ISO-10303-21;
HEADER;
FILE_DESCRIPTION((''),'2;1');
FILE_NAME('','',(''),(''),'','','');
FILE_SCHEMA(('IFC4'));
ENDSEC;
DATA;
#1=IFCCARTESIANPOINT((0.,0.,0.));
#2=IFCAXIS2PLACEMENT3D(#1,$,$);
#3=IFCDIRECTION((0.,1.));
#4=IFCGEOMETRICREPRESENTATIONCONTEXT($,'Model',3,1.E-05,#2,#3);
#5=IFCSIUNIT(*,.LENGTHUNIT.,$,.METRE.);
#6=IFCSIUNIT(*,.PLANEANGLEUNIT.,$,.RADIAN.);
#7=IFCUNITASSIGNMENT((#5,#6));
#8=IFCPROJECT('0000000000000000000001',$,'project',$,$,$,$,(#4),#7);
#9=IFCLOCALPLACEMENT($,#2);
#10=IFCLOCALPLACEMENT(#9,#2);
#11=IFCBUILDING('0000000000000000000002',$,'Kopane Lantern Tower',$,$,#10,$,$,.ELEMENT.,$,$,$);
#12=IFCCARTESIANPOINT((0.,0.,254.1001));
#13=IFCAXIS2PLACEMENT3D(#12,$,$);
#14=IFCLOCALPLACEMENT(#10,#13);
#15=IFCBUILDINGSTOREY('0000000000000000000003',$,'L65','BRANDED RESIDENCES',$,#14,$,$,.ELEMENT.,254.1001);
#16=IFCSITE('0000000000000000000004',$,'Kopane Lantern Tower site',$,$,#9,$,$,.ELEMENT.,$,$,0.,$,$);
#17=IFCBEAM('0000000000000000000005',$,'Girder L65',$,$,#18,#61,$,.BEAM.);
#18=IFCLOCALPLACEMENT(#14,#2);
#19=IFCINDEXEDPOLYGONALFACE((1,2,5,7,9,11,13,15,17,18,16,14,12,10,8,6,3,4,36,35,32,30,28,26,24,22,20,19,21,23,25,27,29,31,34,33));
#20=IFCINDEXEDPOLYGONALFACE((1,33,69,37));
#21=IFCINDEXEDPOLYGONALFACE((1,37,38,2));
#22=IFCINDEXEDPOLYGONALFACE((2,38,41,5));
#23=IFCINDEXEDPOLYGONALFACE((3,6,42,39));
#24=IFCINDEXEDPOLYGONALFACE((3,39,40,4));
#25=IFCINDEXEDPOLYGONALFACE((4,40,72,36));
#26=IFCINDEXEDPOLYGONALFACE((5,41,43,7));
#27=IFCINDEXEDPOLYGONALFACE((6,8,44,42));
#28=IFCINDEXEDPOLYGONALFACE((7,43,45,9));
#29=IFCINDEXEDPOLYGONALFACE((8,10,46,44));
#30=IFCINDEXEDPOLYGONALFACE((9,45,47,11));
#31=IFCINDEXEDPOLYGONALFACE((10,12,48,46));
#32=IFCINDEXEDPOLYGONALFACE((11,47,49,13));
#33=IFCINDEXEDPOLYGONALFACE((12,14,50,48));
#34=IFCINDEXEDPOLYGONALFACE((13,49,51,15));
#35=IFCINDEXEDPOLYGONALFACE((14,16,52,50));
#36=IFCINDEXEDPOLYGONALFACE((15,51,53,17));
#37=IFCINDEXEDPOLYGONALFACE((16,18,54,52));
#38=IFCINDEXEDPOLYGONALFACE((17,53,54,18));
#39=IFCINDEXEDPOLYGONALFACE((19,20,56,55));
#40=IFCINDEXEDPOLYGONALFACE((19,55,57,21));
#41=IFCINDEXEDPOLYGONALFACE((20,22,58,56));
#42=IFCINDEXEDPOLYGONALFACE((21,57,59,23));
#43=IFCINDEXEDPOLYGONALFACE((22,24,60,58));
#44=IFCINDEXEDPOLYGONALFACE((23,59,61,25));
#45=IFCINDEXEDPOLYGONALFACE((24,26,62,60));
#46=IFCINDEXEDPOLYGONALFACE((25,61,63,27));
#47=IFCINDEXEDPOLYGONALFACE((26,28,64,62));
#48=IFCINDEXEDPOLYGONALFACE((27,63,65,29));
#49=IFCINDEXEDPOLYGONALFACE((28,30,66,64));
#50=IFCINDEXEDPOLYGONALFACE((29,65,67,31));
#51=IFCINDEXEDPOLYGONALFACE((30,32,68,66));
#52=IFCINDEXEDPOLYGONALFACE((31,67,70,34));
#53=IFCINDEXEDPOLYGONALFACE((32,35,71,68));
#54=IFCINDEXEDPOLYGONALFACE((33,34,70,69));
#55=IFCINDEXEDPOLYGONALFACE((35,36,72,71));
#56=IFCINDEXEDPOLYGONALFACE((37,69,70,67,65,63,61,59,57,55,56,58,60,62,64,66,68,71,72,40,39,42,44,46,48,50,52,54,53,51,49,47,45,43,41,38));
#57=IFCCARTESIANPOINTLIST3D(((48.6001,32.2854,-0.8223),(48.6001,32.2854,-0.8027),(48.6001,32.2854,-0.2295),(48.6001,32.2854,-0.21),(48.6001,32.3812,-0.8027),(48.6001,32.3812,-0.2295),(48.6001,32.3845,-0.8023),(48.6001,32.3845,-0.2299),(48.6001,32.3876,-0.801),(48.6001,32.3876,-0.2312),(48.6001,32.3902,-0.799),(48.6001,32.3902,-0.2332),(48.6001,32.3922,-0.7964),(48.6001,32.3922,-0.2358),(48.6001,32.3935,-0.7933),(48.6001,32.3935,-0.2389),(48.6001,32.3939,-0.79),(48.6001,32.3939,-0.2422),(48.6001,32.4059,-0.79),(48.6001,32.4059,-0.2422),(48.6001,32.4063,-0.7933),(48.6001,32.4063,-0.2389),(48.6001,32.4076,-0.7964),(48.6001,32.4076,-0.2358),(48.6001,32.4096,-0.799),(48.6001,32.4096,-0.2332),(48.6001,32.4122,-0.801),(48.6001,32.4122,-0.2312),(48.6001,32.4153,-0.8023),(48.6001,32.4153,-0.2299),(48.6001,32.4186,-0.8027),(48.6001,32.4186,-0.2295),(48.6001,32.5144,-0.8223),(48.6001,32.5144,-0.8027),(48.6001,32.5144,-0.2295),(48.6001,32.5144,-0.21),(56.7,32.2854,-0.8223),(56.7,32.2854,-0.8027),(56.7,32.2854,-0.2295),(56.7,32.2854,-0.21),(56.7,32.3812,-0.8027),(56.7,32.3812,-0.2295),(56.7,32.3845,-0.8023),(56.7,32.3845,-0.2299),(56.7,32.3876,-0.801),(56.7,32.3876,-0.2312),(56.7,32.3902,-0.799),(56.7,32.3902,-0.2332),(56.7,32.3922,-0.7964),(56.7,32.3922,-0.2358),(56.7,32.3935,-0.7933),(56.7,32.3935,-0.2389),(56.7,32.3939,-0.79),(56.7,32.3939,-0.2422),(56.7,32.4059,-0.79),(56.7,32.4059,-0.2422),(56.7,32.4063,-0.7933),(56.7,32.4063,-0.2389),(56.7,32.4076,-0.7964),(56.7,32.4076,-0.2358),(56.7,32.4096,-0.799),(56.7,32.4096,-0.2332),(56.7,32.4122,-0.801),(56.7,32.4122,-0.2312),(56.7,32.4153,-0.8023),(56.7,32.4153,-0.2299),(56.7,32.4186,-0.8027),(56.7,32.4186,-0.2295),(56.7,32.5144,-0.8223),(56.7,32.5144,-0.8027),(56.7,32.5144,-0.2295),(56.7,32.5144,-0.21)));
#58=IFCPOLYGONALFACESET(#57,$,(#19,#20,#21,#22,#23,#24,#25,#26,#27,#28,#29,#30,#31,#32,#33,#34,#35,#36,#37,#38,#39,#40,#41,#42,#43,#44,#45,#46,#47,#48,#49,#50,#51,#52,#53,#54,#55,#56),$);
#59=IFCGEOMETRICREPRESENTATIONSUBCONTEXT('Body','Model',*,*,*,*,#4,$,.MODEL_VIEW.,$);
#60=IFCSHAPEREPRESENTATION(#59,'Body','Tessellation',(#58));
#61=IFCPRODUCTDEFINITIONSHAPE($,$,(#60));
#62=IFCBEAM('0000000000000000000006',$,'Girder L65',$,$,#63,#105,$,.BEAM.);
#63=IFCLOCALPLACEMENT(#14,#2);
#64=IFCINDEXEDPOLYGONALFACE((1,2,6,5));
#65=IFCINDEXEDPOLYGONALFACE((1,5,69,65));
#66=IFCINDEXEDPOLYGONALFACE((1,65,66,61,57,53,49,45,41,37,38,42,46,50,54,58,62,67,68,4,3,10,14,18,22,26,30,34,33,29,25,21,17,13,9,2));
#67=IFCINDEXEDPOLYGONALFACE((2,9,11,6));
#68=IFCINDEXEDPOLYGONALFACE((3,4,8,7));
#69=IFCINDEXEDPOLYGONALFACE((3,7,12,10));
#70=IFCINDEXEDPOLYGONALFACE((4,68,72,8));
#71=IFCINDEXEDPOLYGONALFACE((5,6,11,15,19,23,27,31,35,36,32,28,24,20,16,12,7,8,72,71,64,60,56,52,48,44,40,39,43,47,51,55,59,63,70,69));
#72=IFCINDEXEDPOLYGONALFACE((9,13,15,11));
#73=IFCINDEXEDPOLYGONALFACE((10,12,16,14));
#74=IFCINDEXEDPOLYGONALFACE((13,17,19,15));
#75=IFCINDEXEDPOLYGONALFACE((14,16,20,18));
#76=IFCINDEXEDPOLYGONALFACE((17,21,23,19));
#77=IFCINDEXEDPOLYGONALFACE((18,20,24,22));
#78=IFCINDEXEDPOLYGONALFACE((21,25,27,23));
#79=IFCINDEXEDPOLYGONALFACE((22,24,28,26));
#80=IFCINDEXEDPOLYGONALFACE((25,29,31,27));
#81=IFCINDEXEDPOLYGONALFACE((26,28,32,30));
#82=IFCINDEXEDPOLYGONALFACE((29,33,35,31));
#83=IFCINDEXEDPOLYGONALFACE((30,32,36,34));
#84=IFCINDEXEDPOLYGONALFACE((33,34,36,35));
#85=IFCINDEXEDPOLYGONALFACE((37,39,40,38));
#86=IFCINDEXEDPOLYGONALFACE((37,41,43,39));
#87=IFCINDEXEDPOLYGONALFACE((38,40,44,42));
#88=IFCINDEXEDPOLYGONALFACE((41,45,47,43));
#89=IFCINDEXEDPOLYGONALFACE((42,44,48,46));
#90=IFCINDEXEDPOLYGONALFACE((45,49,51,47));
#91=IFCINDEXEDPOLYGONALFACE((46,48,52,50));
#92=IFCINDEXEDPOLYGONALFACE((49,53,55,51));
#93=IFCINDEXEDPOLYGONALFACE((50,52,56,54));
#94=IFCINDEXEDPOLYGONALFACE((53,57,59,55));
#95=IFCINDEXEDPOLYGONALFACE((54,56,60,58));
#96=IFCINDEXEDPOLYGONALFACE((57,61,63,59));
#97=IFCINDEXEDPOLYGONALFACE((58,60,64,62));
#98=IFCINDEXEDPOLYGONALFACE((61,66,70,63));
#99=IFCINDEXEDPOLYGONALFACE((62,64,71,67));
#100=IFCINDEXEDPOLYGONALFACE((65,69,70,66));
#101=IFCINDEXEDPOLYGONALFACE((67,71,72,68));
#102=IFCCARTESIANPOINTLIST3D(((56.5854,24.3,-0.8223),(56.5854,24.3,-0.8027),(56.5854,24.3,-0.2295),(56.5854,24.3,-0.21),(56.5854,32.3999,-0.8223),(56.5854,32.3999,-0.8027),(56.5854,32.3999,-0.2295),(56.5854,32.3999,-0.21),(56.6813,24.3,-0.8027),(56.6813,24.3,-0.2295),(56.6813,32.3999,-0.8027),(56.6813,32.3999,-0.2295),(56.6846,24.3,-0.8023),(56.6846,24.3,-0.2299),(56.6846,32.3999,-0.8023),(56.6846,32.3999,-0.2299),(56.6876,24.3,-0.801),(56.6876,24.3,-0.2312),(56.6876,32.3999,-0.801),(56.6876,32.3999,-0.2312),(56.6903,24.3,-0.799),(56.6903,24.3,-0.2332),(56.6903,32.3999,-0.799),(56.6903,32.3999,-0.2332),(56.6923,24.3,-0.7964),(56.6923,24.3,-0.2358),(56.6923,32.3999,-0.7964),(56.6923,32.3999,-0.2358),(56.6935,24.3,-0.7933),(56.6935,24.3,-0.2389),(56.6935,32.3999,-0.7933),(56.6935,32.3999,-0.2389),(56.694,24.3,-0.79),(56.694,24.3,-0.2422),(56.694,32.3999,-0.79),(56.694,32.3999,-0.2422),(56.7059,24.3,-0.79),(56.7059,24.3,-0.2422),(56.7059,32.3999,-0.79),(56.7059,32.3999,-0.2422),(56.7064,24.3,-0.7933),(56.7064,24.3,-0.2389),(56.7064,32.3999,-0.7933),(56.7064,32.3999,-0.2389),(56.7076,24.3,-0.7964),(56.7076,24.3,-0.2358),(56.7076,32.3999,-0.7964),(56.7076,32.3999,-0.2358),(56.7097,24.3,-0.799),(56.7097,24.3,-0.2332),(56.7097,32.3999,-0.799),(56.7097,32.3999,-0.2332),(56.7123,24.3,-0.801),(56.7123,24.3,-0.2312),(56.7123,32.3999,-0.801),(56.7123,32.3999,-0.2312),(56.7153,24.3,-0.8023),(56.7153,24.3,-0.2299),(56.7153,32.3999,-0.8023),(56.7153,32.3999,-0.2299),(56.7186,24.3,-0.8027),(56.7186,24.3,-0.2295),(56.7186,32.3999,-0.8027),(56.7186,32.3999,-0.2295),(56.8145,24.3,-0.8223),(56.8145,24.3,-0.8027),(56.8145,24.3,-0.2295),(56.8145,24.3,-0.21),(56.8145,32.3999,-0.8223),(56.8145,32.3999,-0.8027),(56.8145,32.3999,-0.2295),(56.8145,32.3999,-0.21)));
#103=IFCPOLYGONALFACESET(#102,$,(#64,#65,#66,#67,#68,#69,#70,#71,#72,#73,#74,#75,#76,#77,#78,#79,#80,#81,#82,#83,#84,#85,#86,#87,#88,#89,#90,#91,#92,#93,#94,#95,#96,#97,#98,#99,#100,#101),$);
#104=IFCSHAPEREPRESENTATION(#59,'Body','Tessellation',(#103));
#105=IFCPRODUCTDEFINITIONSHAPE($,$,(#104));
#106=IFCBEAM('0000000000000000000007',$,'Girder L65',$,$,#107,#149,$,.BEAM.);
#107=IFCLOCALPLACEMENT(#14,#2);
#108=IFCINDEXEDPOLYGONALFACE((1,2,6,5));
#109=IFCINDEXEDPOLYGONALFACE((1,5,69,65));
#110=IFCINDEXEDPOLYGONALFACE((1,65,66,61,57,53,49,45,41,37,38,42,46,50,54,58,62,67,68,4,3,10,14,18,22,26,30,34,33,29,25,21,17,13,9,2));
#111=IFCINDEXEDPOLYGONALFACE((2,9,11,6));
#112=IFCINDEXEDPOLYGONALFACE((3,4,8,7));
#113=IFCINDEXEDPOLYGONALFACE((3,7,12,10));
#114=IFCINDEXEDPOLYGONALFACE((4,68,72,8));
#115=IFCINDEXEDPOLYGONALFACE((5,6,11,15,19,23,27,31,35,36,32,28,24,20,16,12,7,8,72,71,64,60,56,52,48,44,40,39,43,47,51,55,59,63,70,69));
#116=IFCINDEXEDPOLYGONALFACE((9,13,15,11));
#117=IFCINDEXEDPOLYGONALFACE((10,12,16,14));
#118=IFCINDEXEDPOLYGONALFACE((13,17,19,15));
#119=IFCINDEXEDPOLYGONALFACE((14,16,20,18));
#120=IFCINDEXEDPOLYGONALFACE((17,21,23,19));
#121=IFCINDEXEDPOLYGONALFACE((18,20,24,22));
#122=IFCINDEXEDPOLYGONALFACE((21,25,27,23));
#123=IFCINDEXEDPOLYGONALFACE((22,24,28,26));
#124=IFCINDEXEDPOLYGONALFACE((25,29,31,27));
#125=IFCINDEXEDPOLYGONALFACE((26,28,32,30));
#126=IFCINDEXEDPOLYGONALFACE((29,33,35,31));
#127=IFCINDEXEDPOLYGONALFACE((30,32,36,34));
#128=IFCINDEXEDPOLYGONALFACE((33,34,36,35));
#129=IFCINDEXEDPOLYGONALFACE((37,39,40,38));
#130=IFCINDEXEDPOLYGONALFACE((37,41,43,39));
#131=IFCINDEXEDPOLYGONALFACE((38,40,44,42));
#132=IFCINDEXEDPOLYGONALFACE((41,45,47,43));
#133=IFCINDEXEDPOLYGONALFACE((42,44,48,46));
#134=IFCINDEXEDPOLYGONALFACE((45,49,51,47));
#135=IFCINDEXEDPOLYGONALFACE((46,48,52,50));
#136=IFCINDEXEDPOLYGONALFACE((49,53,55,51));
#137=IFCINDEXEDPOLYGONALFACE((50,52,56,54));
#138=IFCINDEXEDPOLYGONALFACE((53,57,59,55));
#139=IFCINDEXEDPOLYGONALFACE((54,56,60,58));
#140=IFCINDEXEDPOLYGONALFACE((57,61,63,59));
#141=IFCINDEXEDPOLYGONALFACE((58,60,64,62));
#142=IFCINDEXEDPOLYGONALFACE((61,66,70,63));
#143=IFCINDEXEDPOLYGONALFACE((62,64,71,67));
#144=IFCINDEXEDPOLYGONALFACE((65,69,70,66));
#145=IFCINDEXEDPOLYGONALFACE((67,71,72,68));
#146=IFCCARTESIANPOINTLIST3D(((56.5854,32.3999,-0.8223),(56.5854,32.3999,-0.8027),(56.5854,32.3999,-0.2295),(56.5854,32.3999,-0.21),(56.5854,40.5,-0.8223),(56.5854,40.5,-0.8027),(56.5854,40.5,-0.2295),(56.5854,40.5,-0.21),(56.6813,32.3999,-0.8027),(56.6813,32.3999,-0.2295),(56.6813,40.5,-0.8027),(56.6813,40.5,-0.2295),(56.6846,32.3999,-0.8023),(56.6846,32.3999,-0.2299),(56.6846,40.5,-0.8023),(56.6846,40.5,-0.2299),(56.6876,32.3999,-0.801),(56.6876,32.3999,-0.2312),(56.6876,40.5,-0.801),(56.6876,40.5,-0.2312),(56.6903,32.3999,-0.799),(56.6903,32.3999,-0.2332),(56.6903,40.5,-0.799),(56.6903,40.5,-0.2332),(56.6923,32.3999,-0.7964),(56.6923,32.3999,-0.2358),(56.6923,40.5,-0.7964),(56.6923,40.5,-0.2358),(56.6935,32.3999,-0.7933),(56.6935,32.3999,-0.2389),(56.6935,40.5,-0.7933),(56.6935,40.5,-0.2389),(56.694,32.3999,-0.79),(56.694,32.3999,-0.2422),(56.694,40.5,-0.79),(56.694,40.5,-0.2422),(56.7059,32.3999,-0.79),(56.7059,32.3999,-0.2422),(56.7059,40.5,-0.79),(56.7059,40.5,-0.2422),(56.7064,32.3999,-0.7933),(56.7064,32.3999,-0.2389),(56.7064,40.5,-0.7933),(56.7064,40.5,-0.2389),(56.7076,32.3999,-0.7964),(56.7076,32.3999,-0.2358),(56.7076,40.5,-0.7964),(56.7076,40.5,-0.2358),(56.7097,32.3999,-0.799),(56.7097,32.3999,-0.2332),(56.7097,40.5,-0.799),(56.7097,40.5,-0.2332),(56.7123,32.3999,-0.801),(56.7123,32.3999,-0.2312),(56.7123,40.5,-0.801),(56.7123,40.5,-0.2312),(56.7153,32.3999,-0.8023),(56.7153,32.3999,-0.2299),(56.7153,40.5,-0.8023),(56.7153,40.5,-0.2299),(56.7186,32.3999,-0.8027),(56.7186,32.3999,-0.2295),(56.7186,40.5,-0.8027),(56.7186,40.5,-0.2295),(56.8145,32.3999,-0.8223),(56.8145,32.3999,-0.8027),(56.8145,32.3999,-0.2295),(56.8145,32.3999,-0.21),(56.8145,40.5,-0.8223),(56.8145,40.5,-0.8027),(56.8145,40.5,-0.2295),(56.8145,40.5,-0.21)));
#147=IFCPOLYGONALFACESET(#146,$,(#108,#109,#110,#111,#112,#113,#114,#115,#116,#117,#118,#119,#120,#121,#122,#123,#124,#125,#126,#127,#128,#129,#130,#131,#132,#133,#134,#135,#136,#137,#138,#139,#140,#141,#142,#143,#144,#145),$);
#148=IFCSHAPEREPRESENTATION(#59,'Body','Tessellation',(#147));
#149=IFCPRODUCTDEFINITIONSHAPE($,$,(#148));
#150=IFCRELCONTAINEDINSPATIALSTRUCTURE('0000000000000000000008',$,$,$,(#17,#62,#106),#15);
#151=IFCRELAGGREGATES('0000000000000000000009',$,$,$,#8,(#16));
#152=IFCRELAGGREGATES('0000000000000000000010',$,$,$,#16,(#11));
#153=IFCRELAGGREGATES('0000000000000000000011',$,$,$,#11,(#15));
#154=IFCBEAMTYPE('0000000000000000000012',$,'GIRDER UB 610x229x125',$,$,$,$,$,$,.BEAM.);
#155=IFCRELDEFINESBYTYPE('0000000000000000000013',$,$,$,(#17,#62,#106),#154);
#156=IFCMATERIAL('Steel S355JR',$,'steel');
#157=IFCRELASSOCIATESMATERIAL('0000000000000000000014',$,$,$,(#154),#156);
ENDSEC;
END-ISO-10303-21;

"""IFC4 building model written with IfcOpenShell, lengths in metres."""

from ifc_helpers import new_model, si_unit, direction, frame, origin, origin_2d, place, context, subcontext, project, spatial, i_section, extrude, material, material_profile, profile_set, type_object, element, save


model = new_model("IFC4")

# Units and contexts
model_context = context("Model", 3, precision=1e-05, world=origin(), true_north=direction((0.0, 1.0)))
body_context = subcontext(model_context, "Body", "Model", "MODEL_VIEW")
ifc_project = project(units=[si_unit("LENGTHUNIT", "METRE"), si_unit("PLANEANGLEUNIT", "RADIAN")], contexts=[model_context])

# Site, building, storey
site_placement = place(None, origin())
site = spatial("IfcSite", under=ifc_project, at=site_placement, Name="Kopane Lantern Tower site", CompositionType="ELEMENT", RefElevation=0.0)
building_placement = place(site_placement, origin())
building = spatial("IfcBuilding", under=site, at=building_placement, Name="Kopane Lantern Tower", CompositionType="ELEMENT")
storey_placement = place(building_placement, frame((0.0, 0.0, 254.1001)))
storey = spatial("IfcBuildingStorey", under=building, at=storey_placement, Name="L65", Description="BRANDED RESIDENCES", CompositionType="ELEMENT", Elevation=254.1001)

# Beams
ifc_material_1 = material(Name="Steel S355JR", Category="steel")
ifc_material_profile_1 = material_profile(ifc_material_1, i_section(OverallWidth=0.229, OverallDepth=0.6123, WebThickness=0.012, FlangeThickness=0.0195, FilletRadius=0.0127, at=origin_2d()), Name="UB 610x229x125")
ifc_profile_set_1 = profile_set([ifc_material_profile_1], Name="Steel S355JR")
beam_type = type_object("IfcBeamType", Name="GIRDER UB 610x229x125", PredefinedType="BEAM", material=ifc_profile_set_1)
for number, where, z_axis, x_axis, name in (
    (1, (48.6001, 32.3999, -0.5161), (1.0, 0.0, 0.0), (0.0, 1.0, 0.0), "Girder L65"),
    (2, (56.7, 24.3, -0.5161), (0.0, 1.0, 0.0), (-1.0, 0.0, 0.0), "Girder L65"),
):
    element("IfcBeam", number, at=place(storey_placement, frame(where, z_axis=z_axis, x_axis=x_axis)), inside=storey, type_object=beam_type, Name=name, PredefinedType="BEAM", context=body_context, shape_type="SweptSolid", body=[
        extrude(i_section(OverallWidth=0.229, OverallDepth=0.6123, WebThickness=0.012, FlangeThickness=0.0195, FilletRadius=0.0127, at=origin_2d()), origin(), (0.0, 0.0, 1.0), 8.0999),
    ])
beam_1_placement = place(storey_placement, frame((56.7, 32.3999, -0.5161), z_axis=(0.0, 1.0, 0.0), x_axis=(-1.0, 0.0, 0.0)))
element("IfcBeam", 3, at=beam_1_placement, inside=storey, type_object=beam_type, Name="Girder L65", PredefinedType="BEAM", context=body_context, shape_type="SweptSolid", body=[
    extrude(i_section(OverallWidth=0.229, OverallDepth=0.6123, WebThickness=0.012, FlangeThickness=0.0195, FilletRadius=0.0127, at=origin_2d()), origin(), (0.0, 0.0, 1.0), 8.1001),
])

save(model, "model.ifc")
